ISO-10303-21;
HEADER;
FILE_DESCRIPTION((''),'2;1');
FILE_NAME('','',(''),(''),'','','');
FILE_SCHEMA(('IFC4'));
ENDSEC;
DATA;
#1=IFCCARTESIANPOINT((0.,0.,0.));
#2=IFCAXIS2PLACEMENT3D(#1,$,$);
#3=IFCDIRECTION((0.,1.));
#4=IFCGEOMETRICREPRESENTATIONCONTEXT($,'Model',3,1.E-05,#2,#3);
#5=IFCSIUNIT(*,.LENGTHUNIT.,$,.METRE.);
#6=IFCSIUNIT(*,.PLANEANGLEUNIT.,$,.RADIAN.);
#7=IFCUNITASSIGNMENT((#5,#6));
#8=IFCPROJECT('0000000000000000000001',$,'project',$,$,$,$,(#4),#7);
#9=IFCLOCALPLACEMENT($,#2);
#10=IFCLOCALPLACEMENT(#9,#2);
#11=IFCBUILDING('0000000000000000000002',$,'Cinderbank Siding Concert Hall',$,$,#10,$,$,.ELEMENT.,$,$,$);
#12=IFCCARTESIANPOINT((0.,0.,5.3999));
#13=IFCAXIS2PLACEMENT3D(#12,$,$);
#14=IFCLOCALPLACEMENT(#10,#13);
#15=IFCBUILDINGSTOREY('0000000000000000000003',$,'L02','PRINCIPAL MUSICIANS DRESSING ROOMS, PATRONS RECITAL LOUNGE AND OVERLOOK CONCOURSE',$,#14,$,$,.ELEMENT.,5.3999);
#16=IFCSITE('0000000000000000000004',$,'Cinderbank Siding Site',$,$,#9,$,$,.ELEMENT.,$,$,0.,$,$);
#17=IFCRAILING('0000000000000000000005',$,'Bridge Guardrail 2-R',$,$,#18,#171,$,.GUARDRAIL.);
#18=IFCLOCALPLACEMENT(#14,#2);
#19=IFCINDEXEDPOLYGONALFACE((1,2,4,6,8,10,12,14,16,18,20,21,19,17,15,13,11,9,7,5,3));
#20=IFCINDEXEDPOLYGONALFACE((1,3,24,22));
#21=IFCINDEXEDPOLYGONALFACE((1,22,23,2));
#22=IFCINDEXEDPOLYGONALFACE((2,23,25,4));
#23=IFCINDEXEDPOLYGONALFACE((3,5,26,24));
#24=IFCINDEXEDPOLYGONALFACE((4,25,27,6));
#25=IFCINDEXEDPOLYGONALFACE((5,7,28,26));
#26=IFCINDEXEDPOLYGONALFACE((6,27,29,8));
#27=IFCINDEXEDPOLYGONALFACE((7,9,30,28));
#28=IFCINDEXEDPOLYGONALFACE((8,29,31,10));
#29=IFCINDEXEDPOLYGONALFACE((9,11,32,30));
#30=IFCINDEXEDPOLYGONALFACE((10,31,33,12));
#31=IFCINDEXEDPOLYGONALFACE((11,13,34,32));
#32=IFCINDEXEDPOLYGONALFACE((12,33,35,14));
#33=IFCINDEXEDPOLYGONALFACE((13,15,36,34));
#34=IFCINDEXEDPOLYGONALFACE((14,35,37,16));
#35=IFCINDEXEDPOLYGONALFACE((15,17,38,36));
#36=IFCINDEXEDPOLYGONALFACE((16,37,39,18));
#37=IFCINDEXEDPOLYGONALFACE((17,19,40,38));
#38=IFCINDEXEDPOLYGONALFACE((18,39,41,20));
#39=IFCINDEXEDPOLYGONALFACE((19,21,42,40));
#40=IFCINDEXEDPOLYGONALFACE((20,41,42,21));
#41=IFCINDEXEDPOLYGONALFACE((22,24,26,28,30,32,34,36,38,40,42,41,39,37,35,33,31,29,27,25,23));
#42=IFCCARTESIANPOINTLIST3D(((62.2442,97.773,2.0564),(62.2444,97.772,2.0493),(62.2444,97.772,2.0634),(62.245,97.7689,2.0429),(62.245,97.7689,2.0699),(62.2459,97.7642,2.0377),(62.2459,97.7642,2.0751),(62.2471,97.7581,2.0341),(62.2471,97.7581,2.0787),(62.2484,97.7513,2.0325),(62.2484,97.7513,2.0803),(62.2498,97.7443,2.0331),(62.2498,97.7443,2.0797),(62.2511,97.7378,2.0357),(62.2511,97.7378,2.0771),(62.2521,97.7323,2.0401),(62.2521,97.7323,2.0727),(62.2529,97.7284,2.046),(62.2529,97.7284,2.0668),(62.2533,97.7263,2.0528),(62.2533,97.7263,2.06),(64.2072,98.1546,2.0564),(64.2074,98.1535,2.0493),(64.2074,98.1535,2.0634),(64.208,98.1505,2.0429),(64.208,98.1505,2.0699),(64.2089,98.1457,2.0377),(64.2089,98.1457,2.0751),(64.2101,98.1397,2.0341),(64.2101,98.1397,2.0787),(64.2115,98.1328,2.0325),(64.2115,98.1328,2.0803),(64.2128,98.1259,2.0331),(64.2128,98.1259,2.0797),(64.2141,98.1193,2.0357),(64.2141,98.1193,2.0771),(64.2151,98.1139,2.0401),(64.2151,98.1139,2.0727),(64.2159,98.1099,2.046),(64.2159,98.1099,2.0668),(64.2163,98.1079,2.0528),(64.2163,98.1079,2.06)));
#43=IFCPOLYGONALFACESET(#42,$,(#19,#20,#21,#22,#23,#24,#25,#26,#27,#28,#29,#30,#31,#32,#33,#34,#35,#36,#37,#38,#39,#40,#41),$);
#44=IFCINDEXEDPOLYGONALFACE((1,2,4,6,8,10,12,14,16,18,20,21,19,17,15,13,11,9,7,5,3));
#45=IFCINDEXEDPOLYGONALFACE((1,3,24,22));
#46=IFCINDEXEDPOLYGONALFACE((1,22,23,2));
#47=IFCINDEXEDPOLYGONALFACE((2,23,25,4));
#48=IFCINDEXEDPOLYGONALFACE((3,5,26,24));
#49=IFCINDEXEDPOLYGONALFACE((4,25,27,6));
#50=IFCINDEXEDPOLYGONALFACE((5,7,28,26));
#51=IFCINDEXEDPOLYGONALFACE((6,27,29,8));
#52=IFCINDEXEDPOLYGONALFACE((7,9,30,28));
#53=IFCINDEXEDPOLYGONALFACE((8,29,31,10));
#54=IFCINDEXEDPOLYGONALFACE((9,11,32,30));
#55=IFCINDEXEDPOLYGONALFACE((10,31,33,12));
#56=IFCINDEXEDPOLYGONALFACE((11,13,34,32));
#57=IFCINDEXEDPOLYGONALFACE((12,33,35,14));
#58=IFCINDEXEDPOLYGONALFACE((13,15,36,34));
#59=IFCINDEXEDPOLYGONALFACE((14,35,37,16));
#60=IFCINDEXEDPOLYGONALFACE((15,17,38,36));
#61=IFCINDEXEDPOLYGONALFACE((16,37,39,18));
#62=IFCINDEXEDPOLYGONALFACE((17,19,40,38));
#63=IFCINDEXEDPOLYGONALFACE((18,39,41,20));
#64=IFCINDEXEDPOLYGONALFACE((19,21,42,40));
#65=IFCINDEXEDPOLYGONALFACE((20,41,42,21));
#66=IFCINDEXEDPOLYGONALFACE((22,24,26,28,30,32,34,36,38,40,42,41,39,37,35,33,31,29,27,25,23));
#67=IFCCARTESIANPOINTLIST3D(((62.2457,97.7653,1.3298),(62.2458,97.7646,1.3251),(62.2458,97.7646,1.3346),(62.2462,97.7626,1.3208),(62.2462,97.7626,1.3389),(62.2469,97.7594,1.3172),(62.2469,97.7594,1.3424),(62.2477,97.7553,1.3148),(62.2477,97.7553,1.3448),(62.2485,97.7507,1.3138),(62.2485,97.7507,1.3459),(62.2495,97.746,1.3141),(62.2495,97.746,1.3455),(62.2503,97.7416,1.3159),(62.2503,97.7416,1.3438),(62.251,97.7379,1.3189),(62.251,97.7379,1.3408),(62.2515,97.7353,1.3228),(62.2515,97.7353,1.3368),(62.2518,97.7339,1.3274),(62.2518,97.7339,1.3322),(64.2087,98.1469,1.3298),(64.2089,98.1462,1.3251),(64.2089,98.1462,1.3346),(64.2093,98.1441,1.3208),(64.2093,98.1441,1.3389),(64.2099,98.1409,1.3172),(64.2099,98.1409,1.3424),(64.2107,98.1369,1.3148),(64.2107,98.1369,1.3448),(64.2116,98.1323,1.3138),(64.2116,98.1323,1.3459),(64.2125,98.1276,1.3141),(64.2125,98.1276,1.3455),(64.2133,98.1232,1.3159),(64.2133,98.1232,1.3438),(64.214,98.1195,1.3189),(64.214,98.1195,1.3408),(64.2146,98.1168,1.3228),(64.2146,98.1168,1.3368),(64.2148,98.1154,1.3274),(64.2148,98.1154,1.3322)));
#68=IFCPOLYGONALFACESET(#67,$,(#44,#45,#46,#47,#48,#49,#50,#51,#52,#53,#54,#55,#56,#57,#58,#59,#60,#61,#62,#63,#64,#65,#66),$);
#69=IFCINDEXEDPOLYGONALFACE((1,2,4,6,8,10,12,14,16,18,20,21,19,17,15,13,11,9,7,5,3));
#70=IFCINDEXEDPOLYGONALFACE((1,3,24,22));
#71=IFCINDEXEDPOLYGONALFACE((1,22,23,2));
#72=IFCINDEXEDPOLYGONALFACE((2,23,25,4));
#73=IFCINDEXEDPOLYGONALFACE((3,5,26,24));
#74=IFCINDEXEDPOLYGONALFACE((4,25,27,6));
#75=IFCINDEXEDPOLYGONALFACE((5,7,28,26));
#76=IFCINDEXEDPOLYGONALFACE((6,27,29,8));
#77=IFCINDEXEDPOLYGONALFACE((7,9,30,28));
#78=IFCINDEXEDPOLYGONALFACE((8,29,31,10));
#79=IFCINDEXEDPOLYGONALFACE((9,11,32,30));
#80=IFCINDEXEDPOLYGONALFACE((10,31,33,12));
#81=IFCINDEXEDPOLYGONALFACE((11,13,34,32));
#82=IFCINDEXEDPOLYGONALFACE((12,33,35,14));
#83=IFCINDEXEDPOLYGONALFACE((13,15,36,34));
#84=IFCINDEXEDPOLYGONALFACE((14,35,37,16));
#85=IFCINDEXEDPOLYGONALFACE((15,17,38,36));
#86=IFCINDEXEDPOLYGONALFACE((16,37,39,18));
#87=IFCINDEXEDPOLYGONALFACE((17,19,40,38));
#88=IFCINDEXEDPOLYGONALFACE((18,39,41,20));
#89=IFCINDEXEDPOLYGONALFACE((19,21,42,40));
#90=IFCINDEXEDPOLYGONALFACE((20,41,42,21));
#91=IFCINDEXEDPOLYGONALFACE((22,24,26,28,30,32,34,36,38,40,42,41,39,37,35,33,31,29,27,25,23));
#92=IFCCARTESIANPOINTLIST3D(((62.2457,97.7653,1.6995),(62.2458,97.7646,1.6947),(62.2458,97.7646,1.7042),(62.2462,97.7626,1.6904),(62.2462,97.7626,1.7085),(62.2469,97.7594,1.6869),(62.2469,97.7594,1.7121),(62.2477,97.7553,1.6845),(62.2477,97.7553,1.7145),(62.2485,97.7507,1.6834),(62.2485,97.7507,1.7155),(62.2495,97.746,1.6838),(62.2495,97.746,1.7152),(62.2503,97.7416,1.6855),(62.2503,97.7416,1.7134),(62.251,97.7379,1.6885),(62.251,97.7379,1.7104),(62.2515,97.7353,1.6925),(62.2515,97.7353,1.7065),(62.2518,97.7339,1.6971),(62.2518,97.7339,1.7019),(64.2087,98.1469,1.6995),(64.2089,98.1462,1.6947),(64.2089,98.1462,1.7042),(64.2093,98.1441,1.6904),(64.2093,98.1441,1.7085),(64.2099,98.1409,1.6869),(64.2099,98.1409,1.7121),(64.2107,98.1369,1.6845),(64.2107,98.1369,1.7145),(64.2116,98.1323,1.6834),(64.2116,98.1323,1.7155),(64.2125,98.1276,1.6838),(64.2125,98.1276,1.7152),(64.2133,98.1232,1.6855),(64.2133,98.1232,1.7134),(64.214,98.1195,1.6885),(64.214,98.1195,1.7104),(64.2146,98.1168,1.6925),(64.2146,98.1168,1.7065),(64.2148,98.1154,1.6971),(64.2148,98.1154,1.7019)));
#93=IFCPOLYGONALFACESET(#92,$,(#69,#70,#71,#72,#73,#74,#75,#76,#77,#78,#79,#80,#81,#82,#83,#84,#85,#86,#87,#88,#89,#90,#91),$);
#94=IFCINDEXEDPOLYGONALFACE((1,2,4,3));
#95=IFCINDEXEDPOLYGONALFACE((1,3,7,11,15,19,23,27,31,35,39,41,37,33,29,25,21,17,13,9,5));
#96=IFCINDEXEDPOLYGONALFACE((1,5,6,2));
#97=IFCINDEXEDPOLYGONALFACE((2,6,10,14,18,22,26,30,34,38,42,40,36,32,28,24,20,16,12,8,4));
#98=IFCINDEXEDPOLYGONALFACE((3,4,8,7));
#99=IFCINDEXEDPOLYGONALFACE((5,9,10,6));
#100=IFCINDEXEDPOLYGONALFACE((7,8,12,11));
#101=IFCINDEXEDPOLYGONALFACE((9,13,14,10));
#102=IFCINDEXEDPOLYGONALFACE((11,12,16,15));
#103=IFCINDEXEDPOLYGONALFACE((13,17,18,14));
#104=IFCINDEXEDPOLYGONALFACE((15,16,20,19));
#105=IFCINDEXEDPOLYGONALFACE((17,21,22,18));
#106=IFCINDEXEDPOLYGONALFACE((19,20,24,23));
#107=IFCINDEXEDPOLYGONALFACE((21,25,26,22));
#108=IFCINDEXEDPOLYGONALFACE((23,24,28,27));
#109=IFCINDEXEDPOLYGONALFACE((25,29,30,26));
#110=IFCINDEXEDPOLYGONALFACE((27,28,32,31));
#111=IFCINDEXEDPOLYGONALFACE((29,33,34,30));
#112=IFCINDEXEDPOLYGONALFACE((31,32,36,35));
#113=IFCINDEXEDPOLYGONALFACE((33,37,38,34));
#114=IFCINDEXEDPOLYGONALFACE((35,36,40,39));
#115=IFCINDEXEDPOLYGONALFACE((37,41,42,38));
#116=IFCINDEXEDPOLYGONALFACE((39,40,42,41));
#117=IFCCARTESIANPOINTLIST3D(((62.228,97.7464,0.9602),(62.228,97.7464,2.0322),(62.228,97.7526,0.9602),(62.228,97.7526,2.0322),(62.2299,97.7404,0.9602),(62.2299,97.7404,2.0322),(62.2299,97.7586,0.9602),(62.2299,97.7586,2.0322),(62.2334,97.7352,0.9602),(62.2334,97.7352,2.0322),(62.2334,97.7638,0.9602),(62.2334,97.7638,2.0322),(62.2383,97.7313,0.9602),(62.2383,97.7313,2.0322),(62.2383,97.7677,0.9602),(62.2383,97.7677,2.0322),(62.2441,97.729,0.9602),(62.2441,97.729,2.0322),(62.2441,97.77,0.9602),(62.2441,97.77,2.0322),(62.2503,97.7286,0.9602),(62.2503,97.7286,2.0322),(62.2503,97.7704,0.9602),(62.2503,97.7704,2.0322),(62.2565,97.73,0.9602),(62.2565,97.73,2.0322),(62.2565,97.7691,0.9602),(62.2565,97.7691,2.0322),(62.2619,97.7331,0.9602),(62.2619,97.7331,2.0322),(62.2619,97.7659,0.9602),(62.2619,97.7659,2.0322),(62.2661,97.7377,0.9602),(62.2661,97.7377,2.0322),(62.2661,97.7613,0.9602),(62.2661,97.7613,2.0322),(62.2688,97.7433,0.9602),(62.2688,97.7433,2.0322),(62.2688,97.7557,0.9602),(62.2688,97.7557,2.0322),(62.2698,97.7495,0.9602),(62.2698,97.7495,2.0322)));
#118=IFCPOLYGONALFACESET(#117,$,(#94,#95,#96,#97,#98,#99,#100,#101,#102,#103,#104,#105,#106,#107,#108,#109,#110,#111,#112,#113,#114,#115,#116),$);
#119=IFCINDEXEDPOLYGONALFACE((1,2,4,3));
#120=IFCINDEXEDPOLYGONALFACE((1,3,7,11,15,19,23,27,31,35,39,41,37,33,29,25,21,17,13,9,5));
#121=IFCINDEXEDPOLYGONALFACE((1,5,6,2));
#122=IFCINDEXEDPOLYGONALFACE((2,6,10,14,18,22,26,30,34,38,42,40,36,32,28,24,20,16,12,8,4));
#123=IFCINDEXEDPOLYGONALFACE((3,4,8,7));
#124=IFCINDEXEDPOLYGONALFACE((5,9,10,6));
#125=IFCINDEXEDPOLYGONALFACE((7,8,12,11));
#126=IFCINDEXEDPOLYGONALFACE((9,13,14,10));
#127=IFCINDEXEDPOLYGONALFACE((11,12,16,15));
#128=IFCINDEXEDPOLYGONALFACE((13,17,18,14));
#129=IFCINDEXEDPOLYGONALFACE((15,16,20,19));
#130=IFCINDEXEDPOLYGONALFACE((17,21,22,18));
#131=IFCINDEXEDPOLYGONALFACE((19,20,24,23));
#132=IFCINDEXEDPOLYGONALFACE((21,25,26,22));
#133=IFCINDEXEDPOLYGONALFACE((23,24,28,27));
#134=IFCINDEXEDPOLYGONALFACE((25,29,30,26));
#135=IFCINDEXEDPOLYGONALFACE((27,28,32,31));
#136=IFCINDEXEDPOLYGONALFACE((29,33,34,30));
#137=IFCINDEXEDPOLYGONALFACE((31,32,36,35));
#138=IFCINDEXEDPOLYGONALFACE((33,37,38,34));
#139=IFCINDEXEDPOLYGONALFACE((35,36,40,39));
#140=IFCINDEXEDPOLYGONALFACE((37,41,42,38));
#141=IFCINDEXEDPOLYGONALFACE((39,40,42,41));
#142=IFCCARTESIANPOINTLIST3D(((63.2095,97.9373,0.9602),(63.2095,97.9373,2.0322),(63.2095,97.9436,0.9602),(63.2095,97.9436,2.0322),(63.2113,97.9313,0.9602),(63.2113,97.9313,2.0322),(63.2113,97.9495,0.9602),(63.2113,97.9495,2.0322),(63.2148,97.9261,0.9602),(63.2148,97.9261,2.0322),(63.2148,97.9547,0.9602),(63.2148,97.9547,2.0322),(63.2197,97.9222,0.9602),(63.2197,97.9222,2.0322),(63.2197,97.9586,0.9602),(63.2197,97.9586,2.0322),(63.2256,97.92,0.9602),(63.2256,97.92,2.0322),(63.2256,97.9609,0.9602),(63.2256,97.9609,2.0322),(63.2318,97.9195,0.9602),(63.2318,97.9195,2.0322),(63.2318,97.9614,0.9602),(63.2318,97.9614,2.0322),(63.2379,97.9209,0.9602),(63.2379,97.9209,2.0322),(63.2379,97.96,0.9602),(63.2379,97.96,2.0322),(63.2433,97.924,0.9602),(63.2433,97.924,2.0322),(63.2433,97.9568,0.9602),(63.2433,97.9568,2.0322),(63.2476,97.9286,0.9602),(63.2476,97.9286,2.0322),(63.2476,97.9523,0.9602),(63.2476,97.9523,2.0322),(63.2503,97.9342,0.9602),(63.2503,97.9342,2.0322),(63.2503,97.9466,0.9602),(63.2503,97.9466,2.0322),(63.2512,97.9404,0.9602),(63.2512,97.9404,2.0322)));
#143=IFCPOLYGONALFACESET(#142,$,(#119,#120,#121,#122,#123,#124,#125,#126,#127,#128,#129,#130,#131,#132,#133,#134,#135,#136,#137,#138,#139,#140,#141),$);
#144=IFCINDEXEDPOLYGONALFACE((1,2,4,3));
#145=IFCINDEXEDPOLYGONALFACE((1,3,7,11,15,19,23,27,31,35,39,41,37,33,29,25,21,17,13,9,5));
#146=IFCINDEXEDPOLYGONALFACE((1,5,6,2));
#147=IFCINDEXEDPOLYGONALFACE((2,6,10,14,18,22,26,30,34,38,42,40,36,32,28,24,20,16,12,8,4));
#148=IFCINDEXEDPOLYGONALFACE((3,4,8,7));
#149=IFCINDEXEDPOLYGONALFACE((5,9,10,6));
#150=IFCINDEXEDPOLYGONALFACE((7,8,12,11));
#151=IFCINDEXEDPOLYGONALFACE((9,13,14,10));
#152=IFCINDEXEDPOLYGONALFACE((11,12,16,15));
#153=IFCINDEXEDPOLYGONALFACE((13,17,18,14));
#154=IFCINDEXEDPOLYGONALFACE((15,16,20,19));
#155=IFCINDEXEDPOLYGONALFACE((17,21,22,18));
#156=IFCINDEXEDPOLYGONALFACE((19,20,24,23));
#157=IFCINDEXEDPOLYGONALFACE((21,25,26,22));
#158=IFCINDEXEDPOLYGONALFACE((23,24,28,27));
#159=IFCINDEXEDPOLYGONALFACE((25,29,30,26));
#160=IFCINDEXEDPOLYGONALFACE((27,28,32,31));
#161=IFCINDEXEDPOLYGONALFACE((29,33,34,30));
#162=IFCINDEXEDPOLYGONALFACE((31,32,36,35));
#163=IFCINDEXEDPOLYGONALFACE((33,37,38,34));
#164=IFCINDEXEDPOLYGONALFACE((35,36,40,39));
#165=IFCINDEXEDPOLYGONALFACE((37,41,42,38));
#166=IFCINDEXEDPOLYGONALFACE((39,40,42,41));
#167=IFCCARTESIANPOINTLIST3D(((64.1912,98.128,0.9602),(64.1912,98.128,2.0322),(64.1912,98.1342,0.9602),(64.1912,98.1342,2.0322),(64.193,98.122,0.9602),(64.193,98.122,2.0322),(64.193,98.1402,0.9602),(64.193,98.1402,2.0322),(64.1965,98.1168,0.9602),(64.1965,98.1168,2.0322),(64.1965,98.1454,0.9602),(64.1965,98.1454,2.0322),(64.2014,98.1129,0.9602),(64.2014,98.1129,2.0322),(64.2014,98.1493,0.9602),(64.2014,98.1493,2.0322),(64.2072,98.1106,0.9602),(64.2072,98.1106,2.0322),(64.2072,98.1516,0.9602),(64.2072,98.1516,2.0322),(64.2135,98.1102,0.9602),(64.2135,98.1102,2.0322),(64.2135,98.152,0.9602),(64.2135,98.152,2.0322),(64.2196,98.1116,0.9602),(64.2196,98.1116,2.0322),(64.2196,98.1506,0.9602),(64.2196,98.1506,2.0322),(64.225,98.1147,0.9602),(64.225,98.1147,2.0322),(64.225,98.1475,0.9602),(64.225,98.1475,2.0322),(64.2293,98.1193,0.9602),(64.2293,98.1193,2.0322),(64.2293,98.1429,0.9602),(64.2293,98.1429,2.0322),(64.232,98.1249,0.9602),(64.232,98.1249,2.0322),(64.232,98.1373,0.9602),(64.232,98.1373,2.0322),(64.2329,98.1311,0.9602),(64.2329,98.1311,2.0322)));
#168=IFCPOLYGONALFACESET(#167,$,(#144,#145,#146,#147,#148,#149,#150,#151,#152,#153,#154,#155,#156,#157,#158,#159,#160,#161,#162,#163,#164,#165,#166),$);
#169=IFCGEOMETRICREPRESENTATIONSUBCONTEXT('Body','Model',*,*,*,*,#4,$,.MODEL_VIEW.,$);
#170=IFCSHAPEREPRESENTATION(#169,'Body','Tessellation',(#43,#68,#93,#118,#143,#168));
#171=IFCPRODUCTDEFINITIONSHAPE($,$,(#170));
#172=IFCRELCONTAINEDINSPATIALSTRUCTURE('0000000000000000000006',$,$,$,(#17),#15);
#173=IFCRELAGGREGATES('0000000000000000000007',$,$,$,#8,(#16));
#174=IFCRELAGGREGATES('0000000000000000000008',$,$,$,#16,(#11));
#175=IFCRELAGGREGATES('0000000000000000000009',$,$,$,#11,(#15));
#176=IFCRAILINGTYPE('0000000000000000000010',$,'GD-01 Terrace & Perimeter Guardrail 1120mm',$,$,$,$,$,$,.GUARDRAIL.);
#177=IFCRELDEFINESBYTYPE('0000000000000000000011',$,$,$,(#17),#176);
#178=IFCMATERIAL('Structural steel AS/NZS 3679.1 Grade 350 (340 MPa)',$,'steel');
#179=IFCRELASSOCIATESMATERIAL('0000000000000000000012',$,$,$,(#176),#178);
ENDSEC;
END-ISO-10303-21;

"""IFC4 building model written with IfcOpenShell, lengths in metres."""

from ifc_helpers import new_model, si_unit, direction, frame, origin, origin_2d, place, context, subcontext, project, spatial, circle, extrude, material, type_object, element, save


model = new_model("IFC4")

# Units and contexts
model_context = context("Model", 3, precision=1e-05, world=origin(), true_north=direction((0.0, 1.0)))
body_context = subcontext(model_context, "Body", "Model", "MODEL_VIEW")
ifc_project = project(units=[si_unit("LENGTHUNIT", "METRE"), si_unit("PLANEANGLEUNIT", "RADIAN")], contexts=[model_context])

# Site, building, storey
site_placement = place(None, origin())
site = spatial("IfcSite", under=ifc_project, at=site_placement, Name="Cinderbank Siding Site", CompositionType="ELEMENT", RefElevation=0.0)
building_placement = place(site_placement, origin())
building = spatial("IfcBuilding", under=site, at=building_placement, Name="Cinderbank Siding Concert Hall", CompositionType="ELEMENT")
storey_placement = place(building_placement, frame((0.0, 0.0, 5.3999)))
storey = spatial("IfcBuildingStorey", under=building, at=storey_placement, Name="L02", Description="PRINCIPAL MUSICIANS DRESSING ROOMS, PATRONS RECITAL LOUNGE AND OVERLOOK CONCOURSE", CompositionType="ELEMENT", Elevation=5.3999)

# Shared definitions
ifc_material_1 = material(Name="Structural steel AS/NZS 3679.1 Grade 350 (340 MPa)", Category="steel")

# Railing
railing_type_1 = type_object("IfcRailingType", Name="GD-01 Terrace & Perimeter Guardrail 1120mm", PredefinedType="GUARDRAIL", material=ifc_material_1)
for number, where, name in (
    (1, (62.2488, 97.7495, 0.9602), "Bridge Guardrail 2-R"),
):
    element("IfcRailing", number, at=place(storey_placement, frame(where)), inside=storey, type_object=railing_type_1, Name=name, PredefinedType="GUARDRAIL", context=body_context, shape_type="SweptSolid", body=[
        extrude(circle(Radius=0.0239, at=origin_2d()), frame((0.0, 0.0, 1.0962), z_axis=(0.981627, 0.190808, 0.0), x_axis=(-0.190808, 0.981627, 0.0)), (0.0, 0.0, 1.0), 1.9998),
        extrude(circle(Radius=0.0161, at=origin_2d()), frame((0.0, 0.0, 0.3696), z_axis=(0.981627, 0.190808, 0.0), x_axis=(-0.190808, 0.981627, 0.0)), (0.0, 0.0, 1.0), 1.9998),
        extrude(circle(Radius=0.0161, at=origin_2d()), frame((0.0, 0.0, 0.7393), z_axis=(0.981627, 0.190808, 0.0), x_axis=(-0.190808, 0.981627, 0.0)), (0.0, 0.0, 1.0), 1.9998),
        extrude(circle(Radius=0.021, at=origin_2d()), origin(), (0.0, 0.0, 1.0), 1.072),
        extrude(circle(Radius=0.021, at=origin_2d()), frame((0.9814, 0.1909, 0.0)), (0.0, 0.0, 1.0), 1.072),
        extrude(circle(Radius=0.021, at=origin_2d()), frame((1.9631, 0.3816, 0.0)), (0.0, 0.0, 1.0), 1.072),
    ])

save(model, "model.ifc")
